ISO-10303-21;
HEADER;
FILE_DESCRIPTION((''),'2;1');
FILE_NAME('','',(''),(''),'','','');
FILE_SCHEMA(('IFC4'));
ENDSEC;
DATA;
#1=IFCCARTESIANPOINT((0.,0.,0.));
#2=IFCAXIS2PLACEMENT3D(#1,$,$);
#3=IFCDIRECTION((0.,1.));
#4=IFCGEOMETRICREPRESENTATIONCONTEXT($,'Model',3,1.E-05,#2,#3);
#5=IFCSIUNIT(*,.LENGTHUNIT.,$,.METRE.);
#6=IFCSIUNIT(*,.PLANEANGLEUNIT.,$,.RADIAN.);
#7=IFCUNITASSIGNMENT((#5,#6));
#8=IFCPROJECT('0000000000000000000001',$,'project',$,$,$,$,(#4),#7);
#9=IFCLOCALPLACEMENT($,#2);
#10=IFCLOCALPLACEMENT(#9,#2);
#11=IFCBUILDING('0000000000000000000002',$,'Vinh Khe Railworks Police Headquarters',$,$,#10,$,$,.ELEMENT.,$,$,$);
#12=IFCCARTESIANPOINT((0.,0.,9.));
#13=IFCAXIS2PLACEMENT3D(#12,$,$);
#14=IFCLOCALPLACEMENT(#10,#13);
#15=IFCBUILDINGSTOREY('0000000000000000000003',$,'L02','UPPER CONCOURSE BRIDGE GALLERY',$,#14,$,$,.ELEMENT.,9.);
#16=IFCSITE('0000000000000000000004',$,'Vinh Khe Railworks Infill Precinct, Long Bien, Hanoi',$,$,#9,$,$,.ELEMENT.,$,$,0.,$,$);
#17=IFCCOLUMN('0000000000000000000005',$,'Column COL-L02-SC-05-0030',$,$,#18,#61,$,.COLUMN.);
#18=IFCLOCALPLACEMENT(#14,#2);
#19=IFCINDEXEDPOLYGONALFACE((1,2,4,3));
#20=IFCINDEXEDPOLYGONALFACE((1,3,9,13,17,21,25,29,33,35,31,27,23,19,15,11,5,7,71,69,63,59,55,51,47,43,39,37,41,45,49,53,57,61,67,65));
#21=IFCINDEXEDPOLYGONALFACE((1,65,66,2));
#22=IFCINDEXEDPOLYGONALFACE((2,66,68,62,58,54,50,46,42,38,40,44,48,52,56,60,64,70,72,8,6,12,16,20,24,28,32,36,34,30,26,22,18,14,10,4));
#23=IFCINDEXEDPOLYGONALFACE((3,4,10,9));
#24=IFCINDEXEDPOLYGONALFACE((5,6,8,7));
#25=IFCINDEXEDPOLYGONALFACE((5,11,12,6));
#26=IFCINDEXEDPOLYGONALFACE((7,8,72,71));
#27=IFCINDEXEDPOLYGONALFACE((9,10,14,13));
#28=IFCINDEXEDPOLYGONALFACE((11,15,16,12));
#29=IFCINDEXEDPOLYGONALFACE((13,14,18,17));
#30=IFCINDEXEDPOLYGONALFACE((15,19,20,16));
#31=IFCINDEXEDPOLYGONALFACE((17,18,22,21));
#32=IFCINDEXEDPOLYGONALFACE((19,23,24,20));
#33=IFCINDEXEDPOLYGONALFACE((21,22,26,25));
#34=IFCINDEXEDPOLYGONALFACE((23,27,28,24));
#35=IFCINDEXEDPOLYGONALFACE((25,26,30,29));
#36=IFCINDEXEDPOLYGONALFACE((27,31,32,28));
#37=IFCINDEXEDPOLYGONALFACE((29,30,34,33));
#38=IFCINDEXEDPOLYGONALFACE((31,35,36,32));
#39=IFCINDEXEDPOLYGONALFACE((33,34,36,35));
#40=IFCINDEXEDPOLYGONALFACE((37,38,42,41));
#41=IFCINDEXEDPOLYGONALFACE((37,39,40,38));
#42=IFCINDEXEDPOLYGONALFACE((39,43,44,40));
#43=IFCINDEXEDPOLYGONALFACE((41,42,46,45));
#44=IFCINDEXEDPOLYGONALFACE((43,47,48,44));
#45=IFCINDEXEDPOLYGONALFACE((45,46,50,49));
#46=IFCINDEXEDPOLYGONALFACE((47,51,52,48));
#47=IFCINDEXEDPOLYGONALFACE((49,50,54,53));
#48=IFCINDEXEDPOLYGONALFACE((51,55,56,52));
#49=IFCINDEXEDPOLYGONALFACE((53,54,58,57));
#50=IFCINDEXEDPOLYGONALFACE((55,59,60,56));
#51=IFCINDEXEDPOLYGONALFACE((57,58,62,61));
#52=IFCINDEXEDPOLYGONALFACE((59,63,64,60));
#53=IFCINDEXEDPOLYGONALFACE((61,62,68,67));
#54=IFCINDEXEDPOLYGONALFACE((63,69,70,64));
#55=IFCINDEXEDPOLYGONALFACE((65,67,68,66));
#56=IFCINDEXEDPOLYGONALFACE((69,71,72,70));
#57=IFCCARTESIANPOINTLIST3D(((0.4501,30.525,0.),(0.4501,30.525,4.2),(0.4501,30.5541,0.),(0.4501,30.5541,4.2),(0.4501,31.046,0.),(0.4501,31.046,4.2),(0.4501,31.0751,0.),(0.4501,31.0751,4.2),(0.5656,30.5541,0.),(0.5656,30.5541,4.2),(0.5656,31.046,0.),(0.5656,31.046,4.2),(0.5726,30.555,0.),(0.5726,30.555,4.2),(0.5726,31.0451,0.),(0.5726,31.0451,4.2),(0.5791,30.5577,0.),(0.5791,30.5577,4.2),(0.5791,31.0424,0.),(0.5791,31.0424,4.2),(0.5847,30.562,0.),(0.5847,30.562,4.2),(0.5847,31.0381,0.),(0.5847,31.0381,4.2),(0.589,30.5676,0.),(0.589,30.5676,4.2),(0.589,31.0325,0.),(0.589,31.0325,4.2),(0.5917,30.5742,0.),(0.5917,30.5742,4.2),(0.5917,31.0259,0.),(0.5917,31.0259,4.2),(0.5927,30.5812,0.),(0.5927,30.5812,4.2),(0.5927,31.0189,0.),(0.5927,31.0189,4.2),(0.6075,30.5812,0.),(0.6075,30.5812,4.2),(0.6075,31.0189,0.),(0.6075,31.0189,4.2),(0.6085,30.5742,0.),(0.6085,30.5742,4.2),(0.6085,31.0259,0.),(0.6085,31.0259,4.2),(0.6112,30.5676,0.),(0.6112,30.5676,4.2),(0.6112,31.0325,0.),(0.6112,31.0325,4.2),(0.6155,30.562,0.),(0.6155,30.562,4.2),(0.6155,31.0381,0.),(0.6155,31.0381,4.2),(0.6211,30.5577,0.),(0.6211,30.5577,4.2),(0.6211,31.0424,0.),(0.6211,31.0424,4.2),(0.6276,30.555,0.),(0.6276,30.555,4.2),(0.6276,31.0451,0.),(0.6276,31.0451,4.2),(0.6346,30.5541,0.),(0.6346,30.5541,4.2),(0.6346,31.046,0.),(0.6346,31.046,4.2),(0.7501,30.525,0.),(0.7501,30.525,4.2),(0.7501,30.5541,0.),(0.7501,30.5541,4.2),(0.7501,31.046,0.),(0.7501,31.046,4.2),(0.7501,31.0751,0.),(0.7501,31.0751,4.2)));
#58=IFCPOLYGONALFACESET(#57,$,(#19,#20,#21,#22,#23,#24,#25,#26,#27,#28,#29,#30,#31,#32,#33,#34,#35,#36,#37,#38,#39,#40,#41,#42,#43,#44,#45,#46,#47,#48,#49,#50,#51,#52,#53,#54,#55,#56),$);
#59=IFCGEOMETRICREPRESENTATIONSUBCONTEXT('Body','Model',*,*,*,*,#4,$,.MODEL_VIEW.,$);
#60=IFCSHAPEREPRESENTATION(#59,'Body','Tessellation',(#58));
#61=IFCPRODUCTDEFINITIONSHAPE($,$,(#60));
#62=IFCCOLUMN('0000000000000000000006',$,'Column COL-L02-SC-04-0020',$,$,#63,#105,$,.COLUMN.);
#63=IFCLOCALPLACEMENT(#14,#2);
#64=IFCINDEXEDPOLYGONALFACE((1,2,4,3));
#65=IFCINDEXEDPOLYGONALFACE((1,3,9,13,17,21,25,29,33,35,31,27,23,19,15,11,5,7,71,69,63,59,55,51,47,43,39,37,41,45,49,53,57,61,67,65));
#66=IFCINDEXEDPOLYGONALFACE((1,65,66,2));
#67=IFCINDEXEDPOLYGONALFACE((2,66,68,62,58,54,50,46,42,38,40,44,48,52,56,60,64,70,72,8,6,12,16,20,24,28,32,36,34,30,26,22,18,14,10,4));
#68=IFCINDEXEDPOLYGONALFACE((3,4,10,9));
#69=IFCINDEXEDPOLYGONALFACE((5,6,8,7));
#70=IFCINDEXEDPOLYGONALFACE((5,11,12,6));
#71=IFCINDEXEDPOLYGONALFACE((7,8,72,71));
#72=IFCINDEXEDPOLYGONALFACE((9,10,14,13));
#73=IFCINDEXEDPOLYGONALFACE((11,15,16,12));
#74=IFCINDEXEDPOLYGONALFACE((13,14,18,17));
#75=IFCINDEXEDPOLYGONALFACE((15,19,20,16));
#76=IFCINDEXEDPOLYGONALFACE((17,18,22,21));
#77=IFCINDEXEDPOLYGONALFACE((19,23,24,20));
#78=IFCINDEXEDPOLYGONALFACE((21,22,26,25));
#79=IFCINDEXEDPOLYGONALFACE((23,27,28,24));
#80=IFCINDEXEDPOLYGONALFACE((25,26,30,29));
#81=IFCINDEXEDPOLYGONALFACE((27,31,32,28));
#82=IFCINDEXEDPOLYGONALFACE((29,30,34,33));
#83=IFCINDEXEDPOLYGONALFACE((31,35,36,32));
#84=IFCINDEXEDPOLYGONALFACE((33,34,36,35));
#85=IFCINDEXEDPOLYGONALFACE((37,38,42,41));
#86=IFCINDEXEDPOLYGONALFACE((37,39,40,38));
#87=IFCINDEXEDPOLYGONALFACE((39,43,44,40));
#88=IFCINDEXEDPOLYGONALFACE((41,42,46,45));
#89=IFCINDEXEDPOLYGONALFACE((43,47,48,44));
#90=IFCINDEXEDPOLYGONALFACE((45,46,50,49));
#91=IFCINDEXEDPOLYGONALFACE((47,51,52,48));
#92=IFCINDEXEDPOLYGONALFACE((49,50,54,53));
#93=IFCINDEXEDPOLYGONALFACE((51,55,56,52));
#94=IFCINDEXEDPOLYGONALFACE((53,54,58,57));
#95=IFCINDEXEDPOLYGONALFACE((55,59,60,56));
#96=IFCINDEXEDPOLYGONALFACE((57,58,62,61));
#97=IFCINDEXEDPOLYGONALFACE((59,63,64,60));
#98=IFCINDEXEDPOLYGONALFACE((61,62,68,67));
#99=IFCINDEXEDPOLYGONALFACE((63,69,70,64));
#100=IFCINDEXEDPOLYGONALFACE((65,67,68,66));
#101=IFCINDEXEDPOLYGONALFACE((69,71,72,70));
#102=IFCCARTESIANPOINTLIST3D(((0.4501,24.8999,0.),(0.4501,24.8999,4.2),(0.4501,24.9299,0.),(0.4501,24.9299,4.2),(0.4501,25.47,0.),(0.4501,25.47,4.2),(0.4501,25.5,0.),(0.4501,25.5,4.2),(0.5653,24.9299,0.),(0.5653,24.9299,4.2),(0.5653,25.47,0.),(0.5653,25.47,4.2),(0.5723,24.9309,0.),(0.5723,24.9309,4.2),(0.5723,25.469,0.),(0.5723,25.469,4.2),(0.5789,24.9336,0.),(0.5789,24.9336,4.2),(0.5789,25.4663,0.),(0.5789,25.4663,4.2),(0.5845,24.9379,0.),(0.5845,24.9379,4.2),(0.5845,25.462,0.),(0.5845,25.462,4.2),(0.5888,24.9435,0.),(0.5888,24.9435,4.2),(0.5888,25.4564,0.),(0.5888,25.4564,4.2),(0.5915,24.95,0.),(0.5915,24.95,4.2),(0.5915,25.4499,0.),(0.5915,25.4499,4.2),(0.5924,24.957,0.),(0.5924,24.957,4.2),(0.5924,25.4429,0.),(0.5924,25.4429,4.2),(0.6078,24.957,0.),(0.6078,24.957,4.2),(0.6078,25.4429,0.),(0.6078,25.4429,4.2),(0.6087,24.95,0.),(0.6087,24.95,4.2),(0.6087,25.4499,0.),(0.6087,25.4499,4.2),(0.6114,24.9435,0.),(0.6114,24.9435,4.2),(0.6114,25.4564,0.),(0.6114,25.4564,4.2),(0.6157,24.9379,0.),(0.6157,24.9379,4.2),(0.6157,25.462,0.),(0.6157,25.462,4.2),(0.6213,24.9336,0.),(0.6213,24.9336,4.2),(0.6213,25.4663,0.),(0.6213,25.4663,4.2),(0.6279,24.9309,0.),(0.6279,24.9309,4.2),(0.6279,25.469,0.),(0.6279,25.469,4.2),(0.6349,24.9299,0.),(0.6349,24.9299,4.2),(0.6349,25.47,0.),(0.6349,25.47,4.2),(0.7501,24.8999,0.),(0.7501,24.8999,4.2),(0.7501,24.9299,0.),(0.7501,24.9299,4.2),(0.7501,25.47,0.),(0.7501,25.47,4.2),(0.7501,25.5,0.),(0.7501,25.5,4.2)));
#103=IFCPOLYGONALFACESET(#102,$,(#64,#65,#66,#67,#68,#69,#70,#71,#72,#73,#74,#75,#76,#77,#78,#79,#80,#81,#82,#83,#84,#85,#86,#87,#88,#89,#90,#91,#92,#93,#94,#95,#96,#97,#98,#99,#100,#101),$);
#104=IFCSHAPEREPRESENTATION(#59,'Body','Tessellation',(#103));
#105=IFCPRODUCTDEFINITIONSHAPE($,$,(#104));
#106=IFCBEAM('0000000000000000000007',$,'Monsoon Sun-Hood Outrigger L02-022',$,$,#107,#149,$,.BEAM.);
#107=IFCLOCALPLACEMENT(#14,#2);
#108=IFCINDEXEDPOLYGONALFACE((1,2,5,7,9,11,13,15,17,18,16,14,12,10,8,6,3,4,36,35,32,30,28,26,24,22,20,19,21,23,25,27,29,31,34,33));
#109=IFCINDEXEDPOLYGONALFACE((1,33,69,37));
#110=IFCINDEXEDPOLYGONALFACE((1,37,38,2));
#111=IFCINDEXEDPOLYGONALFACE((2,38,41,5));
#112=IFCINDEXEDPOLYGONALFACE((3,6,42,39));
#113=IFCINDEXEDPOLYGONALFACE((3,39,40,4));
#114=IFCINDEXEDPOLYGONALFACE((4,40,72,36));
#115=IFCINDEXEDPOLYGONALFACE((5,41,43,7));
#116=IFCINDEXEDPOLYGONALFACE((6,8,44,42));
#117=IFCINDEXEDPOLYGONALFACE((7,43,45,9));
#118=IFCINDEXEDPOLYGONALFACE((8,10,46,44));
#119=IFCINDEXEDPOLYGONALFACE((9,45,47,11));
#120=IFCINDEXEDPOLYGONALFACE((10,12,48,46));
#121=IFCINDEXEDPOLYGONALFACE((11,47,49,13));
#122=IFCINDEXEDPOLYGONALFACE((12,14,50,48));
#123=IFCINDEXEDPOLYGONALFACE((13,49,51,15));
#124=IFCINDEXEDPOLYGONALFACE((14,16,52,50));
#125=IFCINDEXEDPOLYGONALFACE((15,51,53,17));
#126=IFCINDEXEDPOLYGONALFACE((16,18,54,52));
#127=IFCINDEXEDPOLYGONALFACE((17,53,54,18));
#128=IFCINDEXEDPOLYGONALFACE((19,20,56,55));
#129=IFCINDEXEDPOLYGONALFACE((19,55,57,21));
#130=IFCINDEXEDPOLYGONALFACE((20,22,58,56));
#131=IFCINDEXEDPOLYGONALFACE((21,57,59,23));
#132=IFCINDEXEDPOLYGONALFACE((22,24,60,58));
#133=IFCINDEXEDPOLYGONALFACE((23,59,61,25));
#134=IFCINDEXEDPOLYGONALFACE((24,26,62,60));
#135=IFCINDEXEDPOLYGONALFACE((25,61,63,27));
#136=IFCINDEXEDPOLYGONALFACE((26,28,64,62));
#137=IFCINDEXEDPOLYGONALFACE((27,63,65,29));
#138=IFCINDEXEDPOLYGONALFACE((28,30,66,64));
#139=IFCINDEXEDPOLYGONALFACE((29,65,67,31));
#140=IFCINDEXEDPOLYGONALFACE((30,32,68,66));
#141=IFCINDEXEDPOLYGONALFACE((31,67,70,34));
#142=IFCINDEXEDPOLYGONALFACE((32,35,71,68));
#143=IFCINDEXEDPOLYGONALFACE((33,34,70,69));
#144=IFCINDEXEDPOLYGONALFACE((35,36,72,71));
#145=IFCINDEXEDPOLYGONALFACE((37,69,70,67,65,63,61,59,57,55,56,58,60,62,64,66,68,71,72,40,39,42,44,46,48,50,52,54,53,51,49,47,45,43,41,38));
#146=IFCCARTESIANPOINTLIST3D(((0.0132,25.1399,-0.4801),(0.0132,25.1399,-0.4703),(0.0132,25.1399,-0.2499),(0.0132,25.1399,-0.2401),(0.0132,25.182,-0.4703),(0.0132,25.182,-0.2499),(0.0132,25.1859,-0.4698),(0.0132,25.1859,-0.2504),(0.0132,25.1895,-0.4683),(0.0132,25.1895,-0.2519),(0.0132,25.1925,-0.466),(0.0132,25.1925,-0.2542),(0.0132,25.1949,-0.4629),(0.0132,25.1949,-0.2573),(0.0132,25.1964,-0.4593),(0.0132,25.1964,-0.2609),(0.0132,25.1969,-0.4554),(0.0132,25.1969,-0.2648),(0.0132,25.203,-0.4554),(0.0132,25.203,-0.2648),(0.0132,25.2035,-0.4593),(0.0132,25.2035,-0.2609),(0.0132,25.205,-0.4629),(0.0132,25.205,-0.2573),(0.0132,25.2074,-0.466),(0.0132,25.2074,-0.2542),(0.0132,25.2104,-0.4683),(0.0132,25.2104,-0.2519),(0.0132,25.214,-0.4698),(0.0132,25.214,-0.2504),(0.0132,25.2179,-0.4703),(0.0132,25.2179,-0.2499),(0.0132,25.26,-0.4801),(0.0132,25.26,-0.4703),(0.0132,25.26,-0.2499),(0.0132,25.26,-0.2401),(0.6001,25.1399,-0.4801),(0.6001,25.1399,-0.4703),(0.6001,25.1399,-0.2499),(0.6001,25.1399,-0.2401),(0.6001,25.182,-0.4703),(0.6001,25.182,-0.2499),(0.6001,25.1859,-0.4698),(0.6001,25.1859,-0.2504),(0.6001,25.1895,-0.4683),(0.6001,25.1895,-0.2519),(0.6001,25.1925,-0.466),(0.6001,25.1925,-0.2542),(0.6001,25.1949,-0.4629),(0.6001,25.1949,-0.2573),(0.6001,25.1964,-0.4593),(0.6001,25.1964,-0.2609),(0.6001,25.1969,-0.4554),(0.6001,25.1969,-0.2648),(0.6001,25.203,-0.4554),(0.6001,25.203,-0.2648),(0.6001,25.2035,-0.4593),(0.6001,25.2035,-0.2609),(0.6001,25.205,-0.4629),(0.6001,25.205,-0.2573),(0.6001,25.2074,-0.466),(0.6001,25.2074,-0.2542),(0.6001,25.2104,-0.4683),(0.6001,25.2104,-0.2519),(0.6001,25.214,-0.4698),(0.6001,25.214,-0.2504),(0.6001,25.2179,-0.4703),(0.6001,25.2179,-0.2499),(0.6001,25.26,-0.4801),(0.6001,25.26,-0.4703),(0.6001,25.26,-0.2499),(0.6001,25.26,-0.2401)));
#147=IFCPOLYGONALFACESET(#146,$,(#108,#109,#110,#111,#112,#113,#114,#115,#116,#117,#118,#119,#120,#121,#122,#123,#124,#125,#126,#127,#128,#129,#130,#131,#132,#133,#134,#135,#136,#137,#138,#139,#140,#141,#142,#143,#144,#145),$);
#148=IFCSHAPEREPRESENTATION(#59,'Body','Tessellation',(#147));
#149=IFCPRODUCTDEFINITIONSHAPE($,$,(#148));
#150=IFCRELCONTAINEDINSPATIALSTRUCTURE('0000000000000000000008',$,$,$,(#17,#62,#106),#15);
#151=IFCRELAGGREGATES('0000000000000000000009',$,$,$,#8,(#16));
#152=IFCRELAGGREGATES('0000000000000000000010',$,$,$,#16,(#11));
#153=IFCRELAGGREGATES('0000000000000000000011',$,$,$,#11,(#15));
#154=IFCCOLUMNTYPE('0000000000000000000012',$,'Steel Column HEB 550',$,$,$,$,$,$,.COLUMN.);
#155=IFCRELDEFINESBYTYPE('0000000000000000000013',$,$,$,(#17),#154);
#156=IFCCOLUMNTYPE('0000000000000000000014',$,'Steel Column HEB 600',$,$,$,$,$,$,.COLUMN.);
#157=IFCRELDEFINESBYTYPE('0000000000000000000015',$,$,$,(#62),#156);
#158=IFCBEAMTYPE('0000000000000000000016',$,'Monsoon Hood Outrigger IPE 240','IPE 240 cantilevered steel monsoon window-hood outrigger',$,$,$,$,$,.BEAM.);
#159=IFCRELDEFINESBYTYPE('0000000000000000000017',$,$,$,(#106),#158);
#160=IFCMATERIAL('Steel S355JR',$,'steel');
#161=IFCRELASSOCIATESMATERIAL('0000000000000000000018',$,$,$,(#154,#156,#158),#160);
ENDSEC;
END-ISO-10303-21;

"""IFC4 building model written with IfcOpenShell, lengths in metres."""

from ifc_helpers import new_model, si_unit, direction, frame, origin, origin_2d, place, context, subcontext, project, spatial, i_section, extrude, material, material_profile, profile_set, type_object, element, save


model = new_model("IFC4")

# Units and contexts
model_context = context("Model", 3, precision=1e-05, world=origin(), true_north=direction((0.0, 1.0)))
body_context = subcontext(model_context, "Body", "Model", "MODEL_VIEW")
ifc_project = project(units=[si_unit("LENGTHUNIT", "METRE"), si_unit("PLANEANGLEUNIT", "RADIAN")], contexts=[model_context])

# Site, building, storey
site_placement = place(None, origin())
site = spatial("IfcSite", under=ifc_project, at=site_placement, Name="Vinh Khe Railworks Infill Precinct, Long Bien, Hanoi", CompositionType="ELEMENT", RefElevation=0.0)
building_placement = place(site_placement, origin())
building = spatial("IfcBuilding", under=site, at=building_placement, Name="Vinh Khe Railworks Police Headquarters", CompositionType="ELEMENT")
storey_placement = place(building_placement, frame((0.0, 0.0, 9.0)))
storey = spatial("IfcBuildingStorey", under=building, at=storey_placement, Name="L02", Description="UPPER CONCOURSE BRIDGE GALLERY", CompositionType="ELEMENT", Elevation=9.0)

# Columns
ifc_material_1 = material(Name="Steel S355JR", Category="steel")
ifc_material_profile_1 = material_profile(ifc_material_1, i_section(OverallWidth=0.3, OverallDepth=0.55, WebThickness=0.0149, FlangeThickness=0.0291, FilletRadius=0.0271, at=origin_2d()), Name="HEB 550")
ifc_profile_set_1 = profile_set([ifc_material_profile_1], Name="Steel S355JR")
column_type_1 = type_object("IfcColumnType", Name="Steel Column HEB 550", PredefinedType="COLUMN", material=ifc_profile_set_1)
column_1_placement = place(storey_placement, frame((0.6001, 30.8, 0.0), z_axis=(0.0, 0.0, 1.0), x_axis=(1.0, 0.0, 0.0)))
element("IfcColumn", 1, at=column_1_placement, inside=storey, type_object=column_type_1, Name="Column COL-L02-SC-05-0030", PredefinedType="COLUMN", context=body_context, shape_type="SweptSolid", body=[
    extrude(i_section(OverallWidth=0.3, OverallDepth=0.55, WebThickness=0.0149, FlangeThickness=0.0291, FilletRadius=0.0271, at=origin_2d()), origin(), (0.0, 0.0, 1.0), 4.2),
])
ifc_material_profile_2 = material_profile(ifc_material_1, i_section(OverallWidth=0.3, OverallDepth=0.6001, WebThickness=0.0154, FlangeThickness=0.03, FilletRadius=0.0271, at=origin_2d()), Name="HEB 600")
ifc_profile_set_2 = profile_set([ifc_material_profile_2], Name="Steel S355JR")
column_type_2 = type_object("IfcColumnType", Name="Steel Column HEB 600", PredefinedType="COLUMN", material=ifc_profile_set_2)
column_2_placement = place(storey_placement, frame((0.6001, 25.2, 0.0), z_axis=(0.0, 0.0, 1.0), x_axis=(1.0, 0.0, 0.0)))
element("IfcColumn", 2, at=column_2_placement, inside=storey, type_object=column_type_2, Name="Column COL-L02-SC-04-0020", PredefinedType="COLUMN", context=body_context, shape_type="SweptSolid", body=[
    extrude(i_section(OverallWidth=0.3, OverallDepth=0.6001, WebThickness=0.0154, FlangeThickness=0.03, FilletRadius=0.0271, at=origin_2d()), origin(), (0.0, 0.0, 1.0), 4.2),
])

# Beam
ifc_material_profile_3 = material_profile(ifc_material_1, i_section(OverallWidth=0.1201, OverallDepth=0.24, WebThickness=0.0061, FlangeThickness=0.0098, FilletRadius=0.0149, at=origin_2d()), Name="IPE 240")
ifc_profile_set_3 = profile_set([ifc_material_profile_3], Name="Steel S355JR")
beam_type_1 = type_object("IfcBeamType", Name="Monsoon Hood Outrigger IPE 240", Description="IPE 240 cantilevered steel monsoon window-hood outrigger", PredefinedType="BEAM", material=ifc_profile_set_3)
beam_1_placement = place(storey_placement, frame((0.0132, 25.2, -0.3601), z_axis=(1.0, 0.0, 0.0), x_axis=(0.0, 1.0, 0.0)))
element("IfcBeam", 3, at=beam_1_placement, inside=storey, type_object=beam_type_1, Name="Monsoon Sun-Hood Outrigger L02-022", PredefinedType="BEAM", context=body_context, shape_type="SweptSolid", body=[
    extrude(i_section(OverallWidth=0.1201, OverallDepth=0.24, WebThickness=0.0061, FlangeThickness=0.0098, FilletRadius=0.0149, at=origin_2d()), origin(), (0.0, 0.0, 1.0), 0.5869),
])

save(model, "model.ifc")
